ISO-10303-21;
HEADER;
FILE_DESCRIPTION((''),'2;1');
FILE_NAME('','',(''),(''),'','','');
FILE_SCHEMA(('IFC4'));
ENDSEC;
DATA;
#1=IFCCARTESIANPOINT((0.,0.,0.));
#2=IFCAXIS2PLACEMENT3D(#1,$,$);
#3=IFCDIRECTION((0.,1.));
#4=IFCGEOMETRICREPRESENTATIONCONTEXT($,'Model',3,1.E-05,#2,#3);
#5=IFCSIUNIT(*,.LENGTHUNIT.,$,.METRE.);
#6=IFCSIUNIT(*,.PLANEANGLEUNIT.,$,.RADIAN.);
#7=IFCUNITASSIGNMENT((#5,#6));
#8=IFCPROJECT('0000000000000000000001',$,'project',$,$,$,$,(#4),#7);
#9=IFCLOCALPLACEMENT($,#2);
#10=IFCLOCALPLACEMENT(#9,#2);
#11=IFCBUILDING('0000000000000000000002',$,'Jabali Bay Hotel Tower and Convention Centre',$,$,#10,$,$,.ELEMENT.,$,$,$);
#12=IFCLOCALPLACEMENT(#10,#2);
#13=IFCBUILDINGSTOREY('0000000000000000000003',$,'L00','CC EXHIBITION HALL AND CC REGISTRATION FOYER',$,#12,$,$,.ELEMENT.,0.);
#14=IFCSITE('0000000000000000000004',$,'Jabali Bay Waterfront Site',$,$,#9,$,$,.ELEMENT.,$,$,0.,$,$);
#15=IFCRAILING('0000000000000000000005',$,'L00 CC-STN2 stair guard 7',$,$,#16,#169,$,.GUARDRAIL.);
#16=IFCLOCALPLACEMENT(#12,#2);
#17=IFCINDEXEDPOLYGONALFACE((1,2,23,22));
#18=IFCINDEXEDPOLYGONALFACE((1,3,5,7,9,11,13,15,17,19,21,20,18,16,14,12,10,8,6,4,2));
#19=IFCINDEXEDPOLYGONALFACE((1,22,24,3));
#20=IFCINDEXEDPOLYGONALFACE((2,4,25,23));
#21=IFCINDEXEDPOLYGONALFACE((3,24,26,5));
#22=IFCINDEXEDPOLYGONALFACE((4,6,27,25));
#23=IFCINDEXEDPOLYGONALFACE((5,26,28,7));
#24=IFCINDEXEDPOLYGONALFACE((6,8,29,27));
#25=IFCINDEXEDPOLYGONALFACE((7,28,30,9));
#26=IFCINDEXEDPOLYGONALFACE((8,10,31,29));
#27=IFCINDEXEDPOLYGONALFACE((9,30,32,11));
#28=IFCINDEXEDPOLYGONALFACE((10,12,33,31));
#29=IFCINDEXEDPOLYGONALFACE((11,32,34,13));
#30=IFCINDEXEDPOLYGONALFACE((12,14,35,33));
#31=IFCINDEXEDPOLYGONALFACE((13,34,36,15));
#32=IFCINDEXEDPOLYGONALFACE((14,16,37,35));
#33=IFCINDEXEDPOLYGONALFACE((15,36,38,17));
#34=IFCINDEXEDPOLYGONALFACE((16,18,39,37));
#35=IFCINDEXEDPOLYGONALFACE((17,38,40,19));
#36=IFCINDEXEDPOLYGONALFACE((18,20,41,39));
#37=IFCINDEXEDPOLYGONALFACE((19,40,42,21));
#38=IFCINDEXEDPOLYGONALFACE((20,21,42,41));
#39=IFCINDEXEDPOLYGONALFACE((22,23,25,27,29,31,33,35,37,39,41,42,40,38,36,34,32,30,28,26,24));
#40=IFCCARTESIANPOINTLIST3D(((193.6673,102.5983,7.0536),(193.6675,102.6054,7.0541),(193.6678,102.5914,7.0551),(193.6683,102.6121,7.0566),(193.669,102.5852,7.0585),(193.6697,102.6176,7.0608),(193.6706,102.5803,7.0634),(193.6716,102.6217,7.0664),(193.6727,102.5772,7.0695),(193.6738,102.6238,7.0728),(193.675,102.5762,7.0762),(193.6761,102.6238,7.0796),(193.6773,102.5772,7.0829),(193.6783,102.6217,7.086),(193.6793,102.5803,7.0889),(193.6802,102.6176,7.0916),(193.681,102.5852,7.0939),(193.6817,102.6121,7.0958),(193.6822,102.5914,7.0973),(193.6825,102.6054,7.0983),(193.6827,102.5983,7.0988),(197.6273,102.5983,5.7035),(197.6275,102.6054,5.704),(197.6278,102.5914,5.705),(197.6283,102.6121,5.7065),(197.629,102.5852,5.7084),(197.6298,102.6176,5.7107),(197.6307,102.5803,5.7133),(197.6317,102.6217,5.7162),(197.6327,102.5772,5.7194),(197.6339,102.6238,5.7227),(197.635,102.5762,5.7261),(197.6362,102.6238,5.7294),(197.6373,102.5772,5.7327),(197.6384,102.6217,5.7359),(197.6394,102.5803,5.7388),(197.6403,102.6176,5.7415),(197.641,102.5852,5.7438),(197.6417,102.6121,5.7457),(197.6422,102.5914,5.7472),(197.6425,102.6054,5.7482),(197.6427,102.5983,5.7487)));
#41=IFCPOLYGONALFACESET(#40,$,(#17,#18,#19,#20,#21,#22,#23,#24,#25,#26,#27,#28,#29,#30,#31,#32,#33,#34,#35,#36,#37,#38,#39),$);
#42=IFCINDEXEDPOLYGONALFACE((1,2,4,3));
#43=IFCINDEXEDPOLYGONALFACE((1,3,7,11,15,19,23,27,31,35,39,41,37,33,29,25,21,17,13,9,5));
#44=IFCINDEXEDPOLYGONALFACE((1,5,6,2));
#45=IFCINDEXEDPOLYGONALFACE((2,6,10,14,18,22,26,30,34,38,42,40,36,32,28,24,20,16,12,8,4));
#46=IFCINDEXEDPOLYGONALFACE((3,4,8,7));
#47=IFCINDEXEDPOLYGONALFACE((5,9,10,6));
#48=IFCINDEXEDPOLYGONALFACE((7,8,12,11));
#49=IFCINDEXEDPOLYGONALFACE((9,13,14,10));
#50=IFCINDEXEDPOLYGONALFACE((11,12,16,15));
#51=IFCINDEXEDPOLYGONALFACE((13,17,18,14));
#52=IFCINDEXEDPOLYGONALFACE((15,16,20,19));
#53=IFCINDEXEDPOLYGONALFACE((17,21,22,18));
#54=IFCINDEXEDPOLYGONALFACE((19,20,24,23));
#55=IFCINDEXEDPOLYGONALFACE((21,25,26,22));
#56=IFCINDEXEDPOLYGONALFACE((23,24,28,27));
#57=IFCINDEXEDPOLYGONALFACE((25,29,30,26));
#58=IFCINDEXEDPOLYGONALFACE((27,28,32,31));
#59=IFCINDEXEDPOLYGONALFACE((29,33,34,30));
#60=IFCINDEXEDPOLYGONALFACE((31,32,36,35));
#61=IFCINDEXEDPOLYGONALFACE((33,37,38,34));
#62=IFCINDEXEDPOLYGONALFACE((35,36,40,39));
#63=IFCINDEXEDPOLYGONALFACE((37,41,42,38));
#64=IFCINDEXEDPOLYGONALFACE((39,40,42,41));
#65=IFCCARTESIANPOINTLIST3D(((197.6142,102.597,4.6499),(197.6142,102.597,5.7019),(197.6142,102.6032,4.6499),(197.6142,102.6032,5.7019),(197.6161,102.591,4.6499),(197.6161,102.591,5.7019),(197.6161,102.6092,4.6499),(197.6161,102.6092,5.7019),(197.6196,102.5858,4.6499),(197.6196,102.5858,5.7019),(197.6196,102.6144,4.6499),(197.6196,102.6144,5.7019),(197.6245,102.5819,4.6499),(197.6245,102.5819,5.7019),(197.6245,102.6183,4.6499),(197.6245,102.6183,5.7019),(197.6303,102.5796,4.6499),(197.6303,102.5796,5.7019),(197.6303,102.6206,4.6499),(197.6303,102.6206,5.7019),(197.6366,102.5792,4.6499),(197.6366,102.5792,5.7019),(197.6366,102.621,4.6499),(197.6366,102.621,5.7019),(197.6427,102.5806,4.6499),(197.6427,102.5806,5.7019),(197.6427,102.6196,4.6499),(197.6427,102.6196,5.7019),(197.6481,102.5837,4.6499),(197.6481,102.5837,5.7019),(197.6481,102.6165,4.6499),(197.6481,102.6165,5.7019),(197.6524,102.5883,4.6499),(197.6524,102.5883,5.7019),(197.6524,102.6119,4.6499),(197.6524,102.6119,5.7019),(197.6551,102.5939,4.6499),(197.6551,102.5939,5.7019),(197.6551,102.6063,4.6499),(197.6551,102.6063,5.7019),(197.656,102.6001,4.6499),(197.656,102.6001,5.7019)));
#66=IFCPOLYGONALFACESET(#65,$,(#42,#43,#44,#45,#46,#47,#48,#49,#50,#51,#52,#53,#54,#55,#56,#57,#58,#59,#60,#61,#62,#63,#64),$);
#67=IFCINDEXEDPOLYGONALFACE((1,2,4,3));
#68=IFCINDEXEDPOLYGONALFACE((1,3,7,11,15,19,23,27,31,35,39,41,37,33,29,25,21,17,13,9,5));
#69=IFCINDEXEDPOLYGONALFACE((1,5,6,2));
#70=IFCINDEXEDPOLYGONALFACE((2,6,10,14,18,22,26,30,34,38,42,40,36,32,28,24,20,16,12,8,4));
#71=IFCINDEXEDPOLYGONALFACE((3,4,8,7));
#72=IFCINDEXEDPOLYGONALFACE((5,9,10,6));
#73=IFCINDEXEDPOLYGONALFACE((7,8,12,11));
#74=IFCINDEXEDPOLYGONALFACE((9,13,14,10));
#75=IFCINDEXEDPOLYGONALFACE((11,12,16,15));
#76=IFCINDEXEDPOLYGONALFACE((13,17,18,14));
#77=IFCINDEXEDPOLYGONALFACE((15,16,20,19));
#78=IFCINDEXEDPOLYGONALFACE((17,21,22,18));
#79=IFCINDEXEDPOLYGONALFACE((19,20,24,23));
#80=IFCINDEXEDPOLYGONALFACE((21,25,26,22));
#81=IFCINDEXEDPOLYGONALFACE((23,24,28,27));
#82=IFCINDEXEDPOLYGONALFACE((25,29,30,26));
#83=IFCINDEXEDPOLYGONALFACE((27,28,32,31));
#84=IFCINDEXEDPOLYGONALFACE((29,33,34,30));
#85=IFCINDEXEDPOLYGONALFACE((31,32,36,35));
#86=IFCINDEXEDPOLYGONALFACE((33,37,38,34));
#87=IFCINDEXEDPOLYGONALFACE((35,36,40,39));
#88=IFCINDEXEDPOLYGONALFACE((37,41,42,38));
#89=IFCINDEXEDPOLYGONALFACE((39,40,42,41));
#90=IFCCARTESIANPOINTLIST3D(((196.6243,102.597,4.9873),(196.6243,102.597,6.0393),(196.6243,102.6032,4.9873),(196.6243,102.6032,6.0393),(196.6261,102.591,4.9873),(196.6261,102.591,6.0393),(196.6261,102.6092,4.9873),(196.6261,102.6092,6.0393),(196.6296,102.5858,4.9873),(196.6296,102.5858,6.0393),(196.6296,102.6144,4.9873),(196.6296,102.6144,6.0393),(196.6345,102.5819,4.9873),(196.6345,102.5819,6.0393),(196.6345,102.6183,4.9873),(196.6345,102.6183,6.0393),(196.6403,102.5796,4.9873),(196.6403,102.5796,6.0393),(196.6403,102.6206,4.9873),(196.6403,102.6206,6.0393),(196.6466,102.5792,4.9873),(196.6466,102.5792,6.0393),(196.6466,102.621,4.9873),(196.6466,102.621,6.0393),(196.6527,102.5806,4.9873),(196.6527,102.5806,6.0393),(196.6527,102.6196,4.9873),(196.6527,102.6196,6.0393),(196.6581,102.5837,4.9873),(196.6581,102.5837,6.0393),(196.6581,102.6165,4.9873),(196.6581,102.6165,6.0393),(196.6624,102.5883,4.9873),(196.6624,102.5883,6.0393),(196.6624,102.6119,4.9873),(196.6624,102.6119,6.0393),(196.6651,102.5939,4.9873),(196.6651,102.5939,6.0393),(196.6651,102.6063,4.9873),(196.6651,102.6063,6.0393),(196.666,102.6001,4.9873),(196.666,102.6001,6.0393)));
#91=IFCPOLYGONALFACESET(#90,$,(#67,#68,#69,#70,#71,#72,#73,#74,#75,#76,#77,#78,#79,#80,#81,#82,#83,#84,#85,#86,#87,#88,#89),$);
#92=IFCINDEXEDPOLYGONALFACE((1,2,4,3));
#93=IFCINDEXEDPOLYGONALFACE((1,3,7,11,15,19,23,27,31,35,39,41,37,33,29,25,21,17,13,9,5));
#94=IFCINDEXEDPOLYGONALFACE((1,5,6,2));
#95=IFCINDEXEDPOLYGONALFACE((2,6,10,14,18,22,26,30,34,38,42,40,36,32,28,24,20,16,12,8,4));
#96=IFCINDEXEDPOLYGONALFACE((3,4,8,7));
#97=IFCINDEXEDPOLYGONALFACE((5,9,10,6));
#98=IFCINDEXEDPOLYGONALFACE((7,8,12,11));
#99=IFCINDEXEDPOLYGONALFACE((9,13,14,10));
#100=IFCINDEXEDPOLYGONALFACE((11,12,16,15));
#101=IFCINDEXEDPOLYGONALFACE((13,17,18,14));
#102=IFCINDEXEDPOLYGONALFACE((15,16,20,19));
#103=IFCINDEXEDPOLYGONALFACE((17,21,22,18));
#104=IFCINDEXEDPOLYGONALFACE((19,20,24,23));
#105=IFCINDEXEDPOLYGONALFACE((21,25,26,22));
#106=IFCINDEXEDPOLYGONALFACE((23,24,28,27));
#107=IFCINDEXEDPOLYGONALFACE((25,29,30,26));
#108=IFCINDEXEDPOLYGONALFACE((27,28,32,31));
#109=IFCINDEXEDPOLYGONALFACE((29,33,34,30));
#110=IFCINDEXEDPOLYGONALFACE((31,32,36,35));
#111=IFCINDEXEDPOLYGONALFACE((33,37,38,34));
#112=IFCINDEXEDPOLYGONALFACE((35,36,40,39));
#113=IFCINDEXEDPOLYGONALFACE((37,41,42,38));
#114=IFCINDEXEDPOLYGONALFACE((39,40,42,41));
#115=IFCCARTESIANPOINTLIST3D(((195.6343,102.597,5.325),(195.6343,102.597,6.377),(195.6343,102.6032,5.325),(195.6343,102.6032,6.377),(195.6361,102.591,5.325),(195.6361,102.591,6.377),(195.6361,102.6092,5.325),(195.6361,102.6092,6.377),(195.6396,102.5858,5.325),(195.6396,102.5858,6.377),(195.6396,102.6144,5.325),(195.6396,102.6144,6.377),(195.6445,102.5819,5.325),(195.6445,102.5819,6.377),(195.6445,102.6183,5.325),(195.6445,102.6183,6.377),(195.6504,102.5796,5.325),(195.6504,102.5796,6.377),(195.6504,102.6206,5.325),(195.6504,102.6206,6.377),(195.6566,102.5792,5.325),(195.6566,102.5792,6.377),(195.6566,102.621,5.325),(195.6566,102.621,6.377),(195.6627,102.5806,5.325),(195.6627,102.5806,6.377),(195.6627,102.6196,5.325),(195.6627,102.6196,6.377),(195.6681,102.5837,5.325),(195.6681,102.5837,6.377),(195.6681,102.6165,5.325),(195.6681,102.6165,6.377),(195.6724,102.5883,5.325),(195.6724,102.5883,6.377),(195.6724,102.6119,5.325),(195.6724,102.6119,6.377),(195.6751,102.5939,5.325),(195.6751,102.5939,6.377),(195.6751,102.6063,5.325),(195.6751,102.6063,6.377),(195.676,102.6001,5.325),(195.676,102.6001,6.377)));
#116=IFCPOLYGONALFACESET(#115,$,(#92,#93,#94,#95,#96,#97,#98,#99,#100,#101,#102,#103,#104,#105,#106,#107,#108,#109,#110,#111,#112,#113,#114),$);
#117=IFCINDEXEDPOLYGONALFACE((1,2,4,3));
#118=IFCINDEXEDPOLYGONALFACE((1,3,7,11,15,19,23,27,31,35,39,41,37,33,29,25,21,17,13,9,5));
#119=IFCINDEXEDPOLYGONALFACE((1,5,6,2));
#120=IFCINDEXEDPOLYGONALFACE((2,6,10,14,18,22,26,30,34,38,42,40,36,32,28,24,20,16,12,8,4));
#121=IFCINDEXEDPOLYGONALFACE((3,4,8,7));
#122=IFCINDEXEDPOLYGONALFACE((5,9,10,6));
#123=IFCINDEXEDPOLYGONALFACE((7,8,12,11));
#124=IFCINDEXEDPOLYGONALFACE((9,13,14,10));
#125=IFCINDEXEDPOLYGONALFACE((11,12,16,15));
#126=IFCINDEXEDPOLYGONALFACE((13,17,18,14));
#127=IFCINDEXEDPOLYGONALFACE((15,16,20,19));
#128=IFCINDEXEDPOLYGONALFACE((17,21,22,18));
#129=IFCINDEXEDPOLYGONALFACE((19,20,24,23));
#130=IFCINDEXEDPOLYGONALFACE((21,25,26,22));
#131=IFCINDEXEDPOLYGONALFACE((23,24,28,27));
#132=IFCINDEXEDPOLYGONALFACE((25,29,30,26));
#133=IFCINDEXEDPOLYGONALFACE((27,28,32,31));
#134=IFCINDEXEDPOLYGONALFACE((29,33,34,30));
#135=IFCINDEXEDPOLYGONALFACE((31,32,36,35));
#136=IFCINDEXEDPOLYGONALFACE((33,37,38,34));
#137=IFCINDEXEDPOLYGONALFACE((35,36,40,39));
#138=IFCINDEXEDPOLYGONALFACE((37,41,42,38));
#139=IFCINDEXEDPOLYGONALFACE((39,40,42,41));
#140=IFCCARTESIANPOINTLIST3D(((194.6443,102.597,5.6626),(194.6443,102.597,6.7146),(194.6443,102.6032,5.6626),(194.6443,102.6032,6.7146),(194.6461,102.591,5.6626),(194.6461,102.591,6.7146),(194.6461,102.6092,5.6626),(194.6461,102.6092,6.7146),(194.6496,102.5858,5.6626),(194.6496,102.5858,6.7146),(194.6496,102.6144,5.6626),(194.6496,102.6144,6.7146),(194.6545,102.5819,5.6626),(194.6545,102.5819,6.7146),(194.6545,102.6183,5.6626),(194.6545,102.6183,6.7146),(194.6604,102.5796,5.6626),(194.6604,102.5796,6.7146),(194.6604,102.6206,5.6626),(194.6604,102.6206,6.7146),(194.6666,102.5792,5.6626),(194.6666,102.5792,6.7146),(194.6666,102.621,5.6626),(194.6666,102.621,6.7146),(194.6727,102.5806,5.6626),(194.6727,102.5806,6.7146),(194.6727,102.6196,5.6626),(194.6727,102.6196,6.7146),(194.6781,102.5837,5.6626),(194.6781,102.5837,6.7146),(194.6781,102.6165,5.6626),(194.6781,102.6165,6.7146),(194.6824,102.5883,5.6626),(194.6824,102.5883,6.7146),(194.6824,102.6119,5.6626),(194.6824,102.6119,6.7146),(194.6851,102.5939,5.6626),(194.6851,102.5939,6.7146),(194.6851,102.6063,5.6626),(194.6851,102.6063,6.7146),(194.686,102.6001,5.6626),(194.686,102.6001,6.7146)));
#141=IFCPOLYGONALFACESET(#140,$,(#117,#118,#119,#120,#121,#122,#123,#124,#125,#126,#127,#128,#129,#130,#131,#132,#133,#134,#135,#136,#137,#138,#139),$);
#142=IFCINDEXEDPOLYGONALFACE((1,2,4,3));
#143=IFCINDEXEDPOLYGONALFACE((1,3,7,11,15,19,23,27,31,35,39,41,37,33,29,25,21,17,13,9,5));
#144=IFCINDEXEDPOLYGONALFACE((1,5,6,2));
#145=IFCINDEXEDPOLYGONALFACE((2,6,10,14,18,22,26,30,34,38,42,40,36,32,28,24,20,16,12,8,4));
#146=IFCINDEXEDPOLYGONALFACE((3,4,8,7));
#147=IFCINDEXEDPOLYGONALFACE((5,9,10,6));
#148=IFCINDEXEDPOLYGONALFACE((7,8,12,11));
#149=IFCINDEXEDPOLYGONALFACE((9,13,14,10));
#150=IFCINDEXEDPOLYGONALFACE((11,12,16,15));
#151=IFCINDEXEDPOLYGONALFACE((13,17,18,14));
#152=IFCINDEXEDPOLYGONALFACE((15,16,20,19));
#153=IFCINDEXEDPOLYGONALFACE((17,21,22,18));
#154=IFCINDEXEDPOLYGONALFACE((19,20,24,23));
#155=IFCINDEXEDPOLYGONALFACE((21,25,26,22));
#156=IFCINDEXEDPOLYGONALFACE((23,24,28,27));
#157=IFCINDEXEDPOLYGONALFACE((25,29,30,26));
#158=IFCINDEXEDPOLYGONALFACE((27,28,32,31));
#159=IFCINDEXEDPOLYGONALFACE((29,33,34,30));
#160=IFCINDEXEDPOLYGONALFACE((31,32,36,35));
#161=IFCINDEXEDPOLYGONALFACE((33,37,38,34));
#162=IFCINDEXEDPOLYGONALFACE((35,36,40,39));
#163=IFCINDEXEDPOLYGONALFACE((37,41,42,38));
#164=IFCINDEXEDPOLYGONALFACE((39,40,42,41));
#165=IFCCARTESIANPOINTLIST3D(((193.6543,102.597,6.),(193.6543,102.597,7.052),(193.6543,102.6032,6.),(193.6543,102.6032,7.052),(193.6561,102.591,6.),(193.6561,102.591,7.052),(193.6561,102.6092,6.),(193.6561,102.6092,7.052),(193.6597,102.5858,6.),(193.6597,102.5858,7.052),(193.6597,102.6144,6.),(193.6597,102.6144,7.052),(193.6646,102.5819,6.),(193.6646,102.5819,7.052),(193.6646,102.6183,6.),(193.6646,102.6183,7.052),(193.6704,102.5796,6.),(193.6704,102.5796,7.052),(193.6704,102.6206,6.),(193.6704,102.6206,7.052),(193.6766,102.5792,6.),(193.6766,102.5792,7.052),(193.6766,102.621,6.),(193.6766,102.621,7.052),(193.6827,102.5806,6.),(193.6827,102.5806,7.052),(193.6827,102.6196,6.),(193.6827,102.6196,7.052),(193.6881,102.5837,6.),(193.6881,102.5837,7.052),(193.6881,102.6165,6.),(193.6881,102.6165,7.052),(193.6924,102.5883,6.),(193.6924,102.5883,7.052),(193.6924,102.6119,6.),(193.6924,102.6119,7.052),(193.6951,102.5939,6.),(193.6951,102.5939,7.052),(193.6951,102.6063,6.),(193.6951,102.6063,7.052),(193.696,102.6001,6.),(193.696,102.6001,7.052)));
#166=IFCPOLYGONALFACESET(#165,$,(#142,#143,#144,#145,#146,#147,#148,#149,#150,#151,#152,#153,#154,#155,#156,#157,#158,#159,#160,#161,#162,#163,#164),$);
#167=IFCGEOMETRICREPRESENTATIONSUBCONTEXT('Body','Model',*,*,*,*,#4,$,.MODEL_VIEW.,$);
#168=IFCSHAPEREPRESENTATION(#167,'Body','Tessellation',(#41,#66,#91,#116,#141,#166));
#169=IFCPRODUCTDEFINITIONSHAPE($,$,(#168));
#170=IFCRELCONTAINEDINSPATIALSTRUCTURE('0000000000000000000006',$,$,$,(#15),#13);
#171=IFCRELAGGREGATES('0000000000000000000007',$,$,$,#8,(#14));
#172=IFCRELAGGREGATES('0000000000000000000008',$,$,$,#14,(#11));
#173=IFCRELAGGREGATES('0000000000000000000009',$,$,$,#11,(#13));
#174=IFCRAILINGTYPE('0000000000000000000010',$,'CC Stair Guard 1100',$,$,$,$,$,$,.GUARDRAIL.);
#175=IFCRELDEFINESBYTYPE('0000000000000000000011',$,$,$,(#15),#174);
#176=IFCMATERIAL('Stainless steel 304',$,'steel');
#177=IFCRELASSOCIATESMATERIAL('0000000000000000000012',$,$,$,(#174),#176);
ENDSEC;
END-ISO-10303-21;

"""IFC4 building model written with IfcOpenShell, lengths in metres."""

from ifc_helpers import new_model, si_unit, direction, frame, origin, origin_2d, place, context, subcontext, project, spatial, circle, extrude, material, type_object, element, save


model = new_model("IFC4")

# Units and contexts
model_context = context("Model", 3, precision=1e-05, world=origin(), true_north=direction((0.0, 1.0)))
body_context = subcontext(model_context, "Body", "Model", "MODEL_VIEW")
ifc_project = project(units=[si_unit("LENGTHUNIT", "METRE"), si_unit("PLANEANGLEUNIT", "RADIAN")], contexts=[model_context])

# Site, building, storey
site_placement = place(None, origin())
site = spatial("IfcSite", under=ifc_project, at=site_placement, Name="Jabali Bay Waterfront Site", CompositionType="ELEMENT", RefElevation=0.0)
building_placement = place(site_placement, origin())
building = spatial("IfcBuilding", under=site, at=building_placement, Name="Jabali Bay Hotel Tower and Convention Centre", CompositionType="ELEMENT")
storey_placement = place(building_placement, origin())
storey = spatial("IfcBuildingStorey", under=building, at=storey_placement, Name="L00", Description="CC EXHIBITION HALL AND CC REGISTRATION FOYER", CompositionType="ELEMENT", Elevation=0.0)

# Railing
ifc_material_1 = material(Name="Stainless steel 304", Category="steel")
railing_type_1 = type_object("IfcRailingType", Name="CC Stair Guard 1100", PredefinedType="GUARDRAIL", material=ifc_material_1)
for number, where, name in (
    (1, (197.635, 102.6001, 4.6499), "L00 CC-STN2 stair guard 7"),
):
    element("IfcRailing", number, at=place(storey_placement, frame(where)), inside=storey, type_object=railing_type_1, Name=name, PredefinedType="GUARDRAIL", context=body_context, shape_type="SweptSolid", body=[
        extrude(circle(Radius=0.0239, at=origin_2d()), frame((0.0, 0.0, 1.0762), z_axis=(-0.946502, 0.0, 0.322698), x_axis=(0.0, -1.0, 0.0)), (0.0, 0.0, 1.0), 4.1838),
        extrude(circle(Radius=0.021, at=origin_2d()), origin(), (0.0, 0.0, 1.0), 1.052),
        extrude(circle(Radius=0.021, at=origin_2d()), frame((-0.99, 0.0, 0.3374)), (0.0, 0.0, 1.0), 1.052),
        extrude(circle(Radius=0.021, at=origin_2d()), frame((-1.98, 0.0, 0.675)), (0.0, 0.0, 1.0), 1.052),
        extrude(circle(Radius=0.021, at=origin_2d()), frame((-2.97, 0.0, 1.0127)), (0.0, 0.0, 1.0), 1.052),
        extrude(circle(Radius=0.021, at=origin_2d()), frame((-3.96, 0.0, 1.3501)), (0.0, 0.0, 1.0), 1.052),
    ])

save(model, "model.ifc")
